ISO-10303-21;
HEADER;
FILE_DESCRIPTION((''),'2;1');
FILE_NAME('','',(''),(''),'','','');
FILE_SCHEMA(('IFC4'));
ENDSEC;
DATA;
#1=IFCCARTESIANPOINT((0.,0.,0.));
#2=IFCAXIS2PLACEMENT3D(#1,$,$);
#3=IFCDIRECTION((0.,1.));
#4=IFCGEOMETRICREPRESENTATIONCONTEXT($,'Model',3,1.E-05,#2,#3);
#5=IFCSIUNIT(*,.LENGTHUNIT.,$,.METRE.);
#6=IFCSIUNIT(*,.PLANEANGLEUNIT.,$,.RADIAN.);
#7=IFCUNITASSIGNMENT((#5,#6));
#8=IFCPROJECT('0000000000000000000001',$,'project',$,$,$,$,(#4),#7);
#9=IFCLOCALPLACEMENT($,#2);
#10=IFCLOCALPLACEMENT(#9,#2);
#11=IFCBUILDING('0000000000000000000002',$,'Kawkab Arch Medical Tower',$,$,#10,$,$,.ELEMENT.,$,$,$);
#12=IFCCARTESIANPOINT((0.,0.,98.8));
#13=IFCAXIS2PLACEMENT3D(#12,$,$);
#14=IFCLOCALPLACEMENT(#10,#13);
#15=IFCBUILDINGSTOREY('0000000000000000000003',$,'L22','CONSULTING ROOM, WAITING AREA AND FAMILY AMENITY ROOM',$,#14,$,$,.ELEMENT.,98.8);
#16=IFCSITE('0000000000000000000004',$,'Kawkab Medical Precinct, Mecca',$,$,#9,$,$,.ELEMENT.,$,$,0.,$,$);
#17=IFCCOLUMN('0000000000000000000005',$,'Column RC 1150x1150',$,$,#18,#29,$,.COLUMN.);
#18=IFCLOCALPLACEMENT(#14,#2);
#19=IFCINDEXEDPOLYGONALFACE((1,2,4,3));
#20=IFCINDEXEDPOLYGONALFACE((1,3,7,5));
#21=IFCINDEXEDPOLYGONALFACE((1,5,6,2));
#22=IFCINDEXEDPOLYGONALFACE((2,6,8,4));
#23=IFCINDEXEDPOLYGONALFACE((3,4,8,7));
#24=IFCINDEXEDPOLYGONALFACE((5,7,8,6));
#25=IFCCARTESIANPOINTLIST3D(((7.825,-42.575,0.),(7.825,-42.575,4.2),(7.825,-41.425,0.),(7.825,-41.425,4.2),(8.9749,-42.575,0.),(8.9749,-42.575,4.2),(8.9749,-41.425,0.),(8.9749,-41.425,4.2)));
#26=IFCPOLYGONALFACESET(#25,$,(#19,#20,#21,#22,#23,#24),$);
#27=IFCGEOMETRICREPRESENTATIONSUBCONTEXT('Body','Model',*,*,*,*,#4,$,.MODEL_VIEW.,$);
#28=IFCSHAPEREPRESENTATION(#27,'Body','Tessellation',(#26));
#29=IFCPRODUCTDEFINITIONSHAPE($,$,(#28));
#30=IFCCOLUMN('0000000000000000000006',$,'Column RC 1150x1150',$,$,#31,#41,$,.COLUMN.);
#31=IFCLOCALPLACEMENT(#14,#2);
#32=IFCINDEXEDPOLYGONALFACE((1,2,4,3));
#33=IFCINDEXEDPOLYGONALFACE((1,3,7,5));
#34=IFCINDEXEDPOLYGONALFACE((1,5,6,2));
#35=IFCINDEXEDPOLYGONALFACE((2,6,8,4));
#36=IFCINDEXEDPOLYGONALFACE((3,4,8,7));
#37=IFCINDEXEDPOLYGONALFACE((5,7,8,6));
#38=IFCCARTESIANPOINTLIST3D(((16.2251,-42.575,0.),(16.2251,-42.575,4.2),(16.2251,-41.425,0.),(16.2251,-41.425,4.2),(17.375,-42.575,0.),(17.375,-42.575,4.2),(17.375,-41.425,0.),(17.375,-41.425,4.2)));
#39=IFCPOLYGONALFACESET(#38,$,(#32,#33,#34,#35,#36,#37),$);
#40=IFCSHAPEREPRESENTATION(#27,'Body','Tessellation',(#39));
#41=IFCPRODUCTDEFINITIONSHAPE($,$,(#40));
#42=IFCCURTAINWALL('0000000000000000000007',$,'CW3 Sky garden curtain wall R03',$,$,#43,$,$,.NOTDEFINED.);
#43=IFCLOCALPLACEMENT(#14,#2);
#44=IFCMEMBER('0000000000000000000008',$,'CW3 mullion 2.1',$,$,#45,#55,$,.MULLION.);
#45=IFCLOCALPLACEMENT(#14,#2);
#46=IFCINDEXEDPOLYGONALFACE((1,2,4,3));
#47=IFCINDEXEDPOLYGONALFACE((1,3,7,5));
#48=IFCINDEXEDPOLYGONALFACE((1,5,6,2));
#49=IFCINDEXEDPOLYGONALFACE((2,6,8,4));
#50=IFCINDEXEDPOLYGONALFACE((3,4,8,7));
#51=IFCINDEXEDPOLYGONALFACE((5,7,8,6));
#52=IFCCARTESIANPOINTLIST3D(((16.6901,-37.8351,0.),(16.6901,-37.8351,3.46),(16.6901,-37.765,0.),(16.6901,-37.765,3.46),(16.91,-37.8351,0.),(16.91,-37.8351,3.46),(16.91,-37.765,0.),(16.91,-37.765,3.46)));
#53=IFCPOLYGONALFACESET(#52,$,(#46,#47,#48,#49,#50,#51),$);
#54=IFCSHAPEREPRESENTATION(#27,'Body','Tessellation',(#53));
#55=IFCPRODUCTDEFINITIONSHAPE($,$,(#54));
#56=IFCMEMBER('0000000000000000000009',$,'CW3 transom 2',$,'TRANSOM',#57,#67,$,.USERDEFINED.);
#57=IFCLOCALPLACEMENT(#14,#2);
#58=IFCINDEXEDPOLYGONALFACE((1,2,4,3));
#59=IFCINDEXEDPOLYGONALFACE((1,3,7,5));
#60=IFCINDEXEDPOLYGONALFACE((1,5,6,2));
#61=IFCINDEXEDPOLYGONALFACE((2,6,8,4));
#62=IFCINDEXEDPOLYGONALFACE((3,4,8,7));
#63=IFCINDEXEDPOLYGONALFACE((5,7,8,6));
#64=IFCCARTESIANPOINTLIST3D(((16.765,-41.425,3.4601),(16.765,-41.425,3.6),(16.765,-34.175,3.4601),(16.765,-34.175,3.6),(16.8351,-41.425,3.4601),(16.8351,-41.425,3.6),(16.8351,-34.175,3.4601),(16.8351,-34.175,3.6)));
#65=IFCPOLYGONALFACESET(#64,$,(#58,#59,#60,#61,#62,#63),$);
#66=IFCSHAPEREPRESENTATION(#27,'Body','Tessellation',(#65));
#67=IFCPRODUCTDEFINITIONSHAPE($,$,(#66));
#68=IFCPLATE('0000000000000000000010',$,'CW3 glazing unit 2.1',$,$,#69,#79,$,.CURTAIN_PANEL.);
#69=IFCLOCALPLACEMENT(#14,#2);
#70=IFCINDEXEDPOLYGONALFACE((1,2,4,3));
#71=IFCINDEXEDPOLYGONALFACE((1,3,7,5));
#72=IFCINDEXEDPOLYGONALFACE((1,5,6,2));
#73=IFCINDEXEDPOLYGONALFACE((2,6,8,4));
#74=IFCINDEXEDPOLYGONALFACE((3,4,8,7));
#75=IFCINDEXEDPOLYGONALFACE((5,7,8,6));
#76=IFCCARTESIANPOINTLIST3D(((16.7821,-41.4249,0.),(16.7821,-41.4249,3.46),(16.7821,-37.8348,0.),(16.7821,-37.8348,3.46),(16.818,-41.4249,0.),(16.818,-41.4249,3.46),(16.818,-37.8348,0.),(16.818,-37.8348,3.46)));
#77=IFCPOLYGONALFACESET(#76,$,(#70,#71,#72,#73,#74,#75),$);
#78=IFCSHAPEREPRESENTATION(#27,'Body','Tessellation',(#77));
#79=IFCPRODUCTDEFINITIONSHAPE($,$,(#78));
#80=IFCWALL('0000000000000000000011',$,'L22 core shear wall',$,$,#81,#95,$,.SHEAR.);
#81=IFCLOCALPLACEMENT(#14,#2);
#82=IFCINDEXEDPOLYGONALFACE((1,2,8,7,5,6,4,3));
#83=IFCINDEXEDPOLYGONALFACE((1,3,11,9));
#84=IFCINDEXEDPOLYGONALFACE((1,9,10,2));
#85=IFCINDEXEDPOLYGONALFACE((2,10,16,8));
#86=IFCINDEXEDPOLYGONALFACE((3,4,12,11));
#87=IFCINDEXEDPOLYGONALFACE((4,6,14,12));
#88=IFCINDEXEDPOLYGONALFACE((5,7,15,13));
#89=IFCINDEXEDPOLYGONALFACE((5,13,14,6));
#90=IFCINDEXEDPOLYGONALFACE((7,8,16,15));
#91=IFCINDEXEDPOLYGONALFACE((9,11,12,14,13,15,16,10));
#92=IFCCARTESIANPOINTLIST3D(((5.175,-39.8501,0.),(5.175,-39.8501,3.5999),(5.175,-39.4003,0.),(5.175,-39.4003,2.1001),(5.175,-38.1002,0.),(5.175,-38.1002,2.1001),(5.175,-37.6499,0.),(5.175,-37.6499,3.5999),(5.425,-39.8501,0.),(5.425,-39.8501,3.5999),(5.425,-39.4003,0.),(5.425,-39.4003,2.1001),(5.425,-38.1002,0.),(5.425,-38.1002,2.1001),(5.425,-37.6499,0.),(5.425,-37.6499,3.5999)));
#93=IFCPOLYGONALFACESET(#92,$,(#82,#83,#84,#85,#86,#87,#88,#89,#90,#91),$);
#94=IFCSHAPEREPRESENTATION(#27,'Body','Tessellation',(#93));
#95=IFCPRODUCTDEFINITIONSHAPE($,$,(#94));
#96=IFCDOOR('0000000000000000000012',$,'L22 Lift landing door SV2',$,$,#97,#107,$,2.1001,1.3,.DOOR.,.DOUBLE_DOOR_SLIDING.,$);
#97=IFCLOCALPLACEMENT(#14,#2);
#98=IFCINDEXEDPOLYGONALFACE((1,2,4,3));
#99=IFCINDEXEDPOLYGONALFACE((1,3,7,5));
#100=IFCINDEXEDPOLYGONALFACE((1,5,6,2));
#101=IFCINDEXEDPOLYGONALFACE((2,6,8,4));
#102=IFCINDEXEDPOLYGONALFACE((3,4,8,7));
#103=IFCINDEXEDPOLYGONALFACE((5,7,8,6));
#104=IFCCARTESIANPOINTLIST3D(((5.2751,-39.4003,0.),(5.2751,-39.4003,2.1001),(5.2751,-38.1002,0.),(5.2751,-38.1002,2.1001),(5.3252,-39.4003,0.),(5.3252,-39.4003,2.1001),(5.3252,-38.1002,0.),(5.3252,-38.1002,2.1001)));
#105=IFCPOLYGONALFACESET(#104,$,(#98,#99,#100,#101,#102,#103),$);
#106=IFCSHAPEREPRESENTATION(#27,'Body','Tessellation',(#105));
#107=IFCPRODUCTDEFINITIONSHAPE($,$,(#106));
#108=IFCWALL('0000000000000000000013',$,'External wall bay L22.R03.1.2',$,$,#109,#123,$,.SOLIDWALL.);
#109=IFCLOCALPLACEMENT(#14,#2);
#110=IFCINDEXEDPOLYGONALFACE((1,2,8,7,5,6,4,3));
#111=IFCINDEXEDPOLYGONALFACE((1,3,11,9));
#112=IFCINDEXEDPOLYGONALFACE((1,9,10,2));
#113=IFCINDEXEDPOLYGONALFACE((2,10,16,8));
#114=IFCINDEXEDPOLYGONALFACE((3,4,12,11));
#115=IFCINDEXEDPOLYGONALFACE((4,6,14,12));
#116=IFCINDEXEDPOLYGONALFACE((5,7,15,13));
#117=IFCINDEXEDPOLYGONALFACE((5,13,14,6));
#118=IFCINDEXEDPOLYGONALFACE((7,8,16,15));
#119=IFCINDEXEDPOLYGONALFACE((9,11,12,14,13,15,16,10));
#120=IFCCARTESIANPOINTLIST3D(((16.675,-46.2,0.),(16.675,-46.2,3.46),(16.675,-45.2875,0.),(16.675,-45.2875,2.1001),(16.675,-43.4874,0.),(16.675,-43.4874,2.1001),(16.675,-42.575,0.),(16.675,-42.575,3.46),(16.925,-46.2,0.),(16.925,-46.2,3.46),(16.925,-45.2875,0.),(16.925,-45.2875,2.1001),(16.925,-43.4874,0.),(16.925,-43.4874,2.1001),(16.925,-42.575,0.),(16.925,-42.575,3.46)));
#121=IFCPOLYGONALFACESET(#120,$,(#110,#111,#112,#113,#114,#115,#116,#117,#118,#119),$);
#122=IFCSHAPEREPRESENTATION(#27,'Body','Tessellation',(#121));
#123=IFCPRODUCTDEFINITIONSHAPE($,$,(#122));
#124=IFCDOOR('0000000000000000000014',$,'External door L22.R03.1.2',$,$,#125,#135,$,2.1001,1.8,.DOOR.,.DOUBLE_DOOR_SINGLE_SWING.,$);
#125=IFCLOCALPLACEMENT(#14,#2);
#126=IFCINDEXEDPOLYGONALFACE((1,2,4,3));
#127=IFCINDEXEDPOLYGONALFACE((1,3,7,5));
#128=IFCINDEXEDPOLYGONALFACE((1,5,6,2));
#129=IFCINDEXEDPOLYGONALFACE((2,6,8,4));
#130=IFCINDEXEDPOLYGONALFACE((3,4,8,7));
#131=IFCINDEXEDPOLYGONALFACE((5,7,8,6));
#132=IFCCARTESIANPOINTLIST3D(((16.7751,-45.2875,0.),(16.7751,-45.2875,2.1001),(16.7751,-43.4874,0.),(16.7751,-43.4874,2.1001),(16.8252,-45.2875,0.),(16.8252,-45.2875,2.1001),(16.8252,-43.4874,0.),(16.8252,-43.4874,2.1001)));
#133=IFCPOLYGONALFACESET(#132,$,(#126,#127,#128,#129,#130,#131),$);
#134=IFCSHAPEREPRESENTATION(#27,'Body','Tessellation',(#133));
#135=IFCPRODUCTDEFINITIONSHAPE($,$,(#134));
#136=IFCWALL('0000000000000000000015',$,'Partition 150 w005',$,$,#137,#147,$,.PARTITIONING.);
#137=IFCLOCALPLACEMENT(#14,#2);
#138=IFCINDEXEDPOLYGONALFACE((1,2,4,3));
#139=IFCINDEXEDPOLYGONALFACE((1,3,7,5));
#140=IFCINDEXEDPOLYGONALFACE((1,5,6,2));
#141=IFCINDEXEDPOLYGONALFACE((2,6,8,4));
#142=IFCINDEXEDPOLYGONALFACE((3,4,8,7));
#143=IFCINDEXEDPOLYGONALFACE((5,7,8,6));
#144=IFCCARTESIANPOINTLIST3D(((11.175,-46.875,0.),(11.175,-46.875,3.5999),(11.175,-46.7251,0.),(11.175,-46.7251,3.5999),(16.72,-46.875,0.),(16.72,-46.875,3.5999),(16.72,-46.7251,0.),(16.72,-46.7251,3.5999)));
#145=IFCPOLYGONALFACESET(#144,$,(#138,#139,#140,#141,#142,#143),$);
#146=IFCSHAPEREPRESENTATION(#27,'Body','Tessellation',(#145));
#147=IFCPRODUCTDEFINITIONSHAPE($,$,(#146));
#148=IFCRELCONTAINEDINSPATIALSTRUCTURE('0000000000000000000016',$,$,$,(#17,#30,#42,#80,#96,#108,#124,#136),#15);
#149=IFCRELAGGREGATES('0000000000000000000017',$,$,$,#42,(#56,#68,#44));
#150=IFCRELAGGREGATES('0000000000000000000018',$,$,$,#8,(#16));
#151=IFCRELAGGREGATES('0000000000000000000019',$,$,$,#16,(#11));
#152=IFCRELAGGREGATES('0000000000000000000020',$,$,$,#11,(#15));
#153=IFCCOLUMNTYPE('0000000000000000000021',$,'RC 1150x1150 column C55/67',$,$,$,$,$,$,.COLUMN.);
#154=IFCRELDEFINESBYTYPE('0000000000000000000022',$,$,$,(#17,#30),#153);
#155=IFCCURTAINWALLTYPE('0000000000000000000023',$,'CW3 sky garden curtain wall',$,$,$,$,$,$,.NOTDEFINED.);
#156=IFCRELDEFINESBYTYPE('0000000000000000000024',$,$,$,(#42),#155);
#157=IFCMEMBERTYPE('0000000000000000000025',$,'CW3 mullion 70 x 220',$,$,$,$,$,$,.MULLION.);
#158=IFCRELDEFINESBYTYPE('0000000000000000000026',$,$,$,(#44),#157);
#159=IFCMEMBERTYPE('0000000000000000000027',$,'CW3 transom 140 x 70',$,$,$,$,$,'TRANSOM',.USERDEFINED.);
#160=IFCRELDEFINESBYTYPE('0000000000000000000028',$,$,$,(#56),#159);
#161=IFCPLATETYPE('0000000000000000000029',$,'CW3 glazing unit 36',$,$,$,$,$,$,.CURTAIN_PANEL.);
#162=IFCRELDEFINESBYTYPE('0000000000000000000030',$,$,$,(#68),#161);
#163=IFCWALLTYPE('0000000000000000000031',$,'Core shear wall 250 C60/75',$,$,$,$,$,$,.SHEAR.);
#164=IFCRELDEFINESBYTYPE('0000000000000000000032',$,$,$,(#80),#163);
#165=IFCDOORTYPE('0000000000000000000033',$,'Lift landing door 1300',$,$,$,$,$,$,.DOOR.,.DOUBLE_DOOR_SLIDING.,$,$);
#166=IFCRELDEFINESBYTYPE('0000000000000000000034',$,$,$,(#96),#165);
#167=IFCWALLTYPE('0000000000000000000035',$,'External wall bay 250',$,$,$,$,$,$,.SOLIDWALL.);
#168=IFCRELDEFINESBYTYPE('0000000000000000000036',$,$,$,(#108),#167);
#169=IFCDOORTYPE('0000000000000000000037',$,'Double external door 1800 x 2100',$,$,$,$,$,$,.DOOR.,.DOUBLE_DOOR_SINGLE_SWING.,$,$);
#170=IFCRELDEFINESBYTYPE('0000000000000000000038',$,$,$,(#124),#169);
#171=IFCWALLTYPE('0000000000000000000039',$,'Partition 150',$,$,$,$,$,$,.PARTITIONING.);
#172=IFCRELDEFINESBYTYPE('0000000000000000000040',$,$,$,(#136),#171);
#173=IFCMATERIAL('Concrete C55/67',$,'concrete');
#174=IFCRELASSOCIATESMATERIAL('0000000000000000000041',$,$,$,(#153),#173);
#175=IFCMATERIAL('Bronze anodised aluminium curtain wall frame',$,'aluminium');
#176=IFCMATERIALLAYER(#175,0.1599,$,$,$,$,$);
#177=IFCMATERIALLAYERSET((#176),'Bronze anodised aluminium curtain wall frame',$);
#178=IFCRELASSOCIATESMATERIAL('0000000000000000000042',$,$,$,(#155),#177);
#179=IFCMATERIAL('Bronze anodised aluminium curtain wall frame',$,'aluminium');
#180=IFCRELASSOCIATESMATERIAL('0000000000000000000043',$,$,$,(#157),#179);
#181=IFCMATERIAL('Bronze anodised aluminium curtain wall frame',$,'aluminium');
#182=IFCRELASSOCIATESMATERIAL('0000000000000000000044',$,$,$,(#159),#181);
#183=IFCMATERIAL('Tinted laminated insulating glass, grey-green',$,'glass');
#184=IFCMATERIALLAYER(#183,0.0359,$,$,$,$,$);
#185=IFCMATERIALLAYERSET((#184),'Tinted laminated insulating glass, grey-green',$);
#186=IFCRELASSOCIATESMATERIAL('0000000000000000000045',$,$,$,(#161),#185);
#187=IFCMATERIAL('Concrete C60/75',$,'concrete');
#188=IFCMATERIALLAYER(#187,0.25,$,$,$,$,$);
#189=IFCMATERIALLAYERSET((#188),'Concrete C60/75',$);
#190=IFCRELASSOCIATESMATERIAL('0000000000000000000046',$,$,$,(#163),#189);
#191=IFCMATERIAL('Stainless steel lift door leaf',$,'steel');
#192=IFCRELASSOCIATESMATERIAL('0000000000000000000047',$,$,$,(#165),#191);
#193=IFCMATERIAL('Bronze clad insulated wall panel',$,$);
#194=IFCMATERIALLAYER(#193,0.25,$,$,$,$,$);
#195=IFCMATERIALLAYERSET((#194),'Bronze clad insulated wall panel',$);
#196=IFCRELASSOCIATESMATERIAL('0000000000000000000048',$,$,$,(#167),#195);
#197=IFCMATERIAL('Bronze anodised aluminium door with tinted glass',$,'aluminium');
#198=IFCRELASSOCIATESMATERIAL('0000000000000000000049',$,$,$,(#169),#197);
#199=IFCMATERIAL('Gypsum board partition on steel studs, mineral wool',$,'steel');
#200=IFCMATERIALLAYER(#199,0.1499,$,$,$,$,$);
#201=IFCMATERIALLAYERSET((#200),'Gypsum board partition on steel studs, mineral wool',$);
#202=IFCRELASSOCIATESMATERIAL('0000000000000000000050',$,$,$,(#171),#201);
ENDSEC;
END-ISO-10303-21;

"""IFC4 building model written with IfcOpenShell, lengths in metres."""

from ifc_helpers import new_model, si_unit, direction, frame, frame_2d, origin, origin_2d, place, context, subcontext, project, spatial, rectangle, extrude, material, layer, layer_set, material_profile, profile_set, type_object, element, fill, aggregate, save


model = new_model("IFC4")

# Units and contexts
model_context = context("Model", 3, precision=1e-05, world=origin(), true_north=direction((0.0, 1.0)))
body_context = subcontext(model_context, "Body", "Model", "MODEL_VIEW")
ifc_project = project(units=[si_unit("LENGTHUNIT", "METRE"), si_unit("PLANEANGLEUNIT", "RADIAN")], contexts=[model_context])

# Site, building, storey
site_placement = place(None, origin())
site = spatial("IfcSite", under=ifc_project, at=site_placement, Name="Kawkab Medical Precinct, Mecca", CompositionType="ELEMENT", RefElevation=0.0)
building_placement = place(site_placement, origin())
building = spatial("IfcBuilding", under=site, at=building_placement, Name="Kawkab Arch Medical Tower", CompositionType="ELEMENT")
storey_placement = place(building_placement, frame((0.0, 0.0, 98.8)))
storey = spatial("IfcBuildingStorey", under=building, at=storey_placement, Name="L22", Description="CONSULTING ROOM, WAITING AREA AND FAMILY AMENITY ROOM", CompositionType="ELEMENT", Elevation=98.8)

# Columns
ifc_material_1 = material(Name="Concrete C55/67", Category="concrete")
ifc_material_profile_1 = material_profile(ifc_material_1, rectangle(XDim=1.1499, YDim=1.1499, at=origin_2d()), Name="RC 1150x1150")
ifc_profile_set_1 = profile_set([ifc_material_profile_1], Name="Concrete C55/67")
column_type = type_object("IfcColumnType", Name="RC 1150x1150 column C55/67", PredefinedType="COLUMN", material=ifc_profile_set_1)
for number, where, z_axis, x_axis, name in (
    (1, (8.3999, -42.0, 0.0), (0.0, 0.0, 1.0), (1.0, 0.0, 0.0), "Column RC 1150x1150"),
    (2, (16.8, -42.0, 0.0), (0.0, 0.0, 1.0), (1.0, 0.0, 0.0), "Column RC 1150x1150"),
):
    element("IfcColumn", number, at=place(storey_placement, frame(where, z_axis=z_axis, x_axis=x_axis)), inside=storey, type_object=column_type, Name=name, PredefinedType="COLUMN", context=body_context, shape_type="SweptSolid", body=[
        extrude(rectangle(XDim=1.1499, YDim=1.1499, at=origin_2d()), origin(), (0.0, 0.0, 1.0), 4.2),
    ])

# Curtain wall, members, plate
ifc_material_2 = material(Name="Bronze anodised aluminium curtain wall frame", Category="aluminium")
ifc_layer_1 = layer(ifc_material_2, 0.1599)
ifc_layer_set_1 = layer_set([ifc_layer_1], Name="Bronze anodised aluminium curtain wall frame")
curtain_wall_type = type_object("IfcCurtainWallType", Name="CW3 sky garden curtain wall", PredefinedType="NOTDEFINED", material=ifc_layer_set_1)
curtain_wall_placement = place(storey_placement, origin())
curtain_wall = element("IfcCurtainWall", 3, at=curtain_wall_placement, inside=storey, type_object=curtain_wall_type, Name="CW3 Sky garden curtain wall R03", PredefinedType="NOTDEFINED")
ifc_material_3 = material(Name="Bronze anodised aluminium curtain wall frame", Category="aluminium")
ifc_material_profile_2 = material_profile(ifc_material_3, rectangle(XDim=0.22, YDim=0.0701, at=origin_2d()), Name="AL 70x220")
ifc_profile_set_2 = profile_set([ifc_material_profile_2], Name="Bronze anodised aluminium curtain wall frame")
member_type_1 = type_object("IfcMemberType", Name="CW3 mullion 70 x 220", PredefinedType="MULLION", material=ifc_profile_set_2)
member_1_placement = place(storey_placement, frame((16.8, -37.8, 0.0), z_axis=(0.0, 0.0, 1.0), x_axis=(-1.0, 0.0, 0.0)))
member_1 = element("IfcMember", 4, at=member_1_placement, type_object=member_type_1, Name="CW3 mullion 2.1", PredefinedType="MULLION", context=body_context, shape_type="SweptSolid", body=[
    extrude(rectangle(XDim=0.22, YDim=0.0701, at=origin_2d()), origin(), (0.0, 0.0, 1.0), 3.46),
])
ifc_material_4 = material(Name="Bronze anodised aluminium curtain wall frame", Category="aluminium")
ifc_material_profile_3 = material_profile(ifc_material_4, rectangle(XDim=0.0701, YDim=0.1399, at=origin_2d()), Name="AL 70x140")
ifc_profile_set_3 = profile_set([ifc_material_profile_3], Name="Bronze anodised aluminium curtain wall frame")
member_type_2 = type_object("IfcMemberType", Name="CW3 transom 140 x 70", ElementType="TRANSOM", PredefinedType="USERDEFINED", material=ifc_profile_set_3)
member_2_placement = place(storey_placement, frame((16.8, -41.425, 3.53), z_axis=(0.0, 1.0, 0.0), x_axis=(-1.0, 0.0, 0.0)))
member_2 = element("IfcMember", 5, at=member_2_placement, type_object=member_type_2, Name="CW3 transom 2", ObjectType="TRANSOM", PredefinedType="USERDEFINED", context=body_context, shape_type="SweptSolid", body=[
    extrude(rectangle(XDim=0.0701, YDim=0.1399, at=origin_2d()), origin(), (0.0, 0.0, 1.0), 7.25),
])
ifc_material_5 = material(Name="Tinted laminated insulating glass, grey-green", Category="glass")
ifc_layer_2 = layer(ifc_material_5, 0.0359)
ifc_layer_set_2 = layer_set([ifc_layer_2], Name="Tinted laminated insulating glass, grey-green")
plate_type = type_object("IfcPlateType", Name="CW3 glazing unit 36", PredefinedType="CURTAIN_PANEL", material=ifc_layer_set_2)
plate_placement = place(storey_placement, frame((16.8, -39.6299, 0.0), z_axis=(0.0, 0.0, 1.0), x_axis=(0.0, 1.0, 0.0)))
plate = element("IfcPlate", 6, at=plate_placement, type_object=plate_type, Name="CW3 glazing unit 2.1", PredefinedType="CURTAIN_PANEL", context=body_context, shape_type="SweptSolid", body=[
    extrude(rectangle(XDim=3.5901, YDim=0.0359, at=origin_2d()), origin(), (0.0, 0.0, 1.0), 3.46),
])
aggregate(curtain_wall, [member_2, plate, member_1])

# Walls, openings, doors
ifc_material_6 = material(Name="Concrete C60/75", Category="concrete")
ifc_layer_3 = layer(ifc_material_6, 0.25)
ifc_layer_set_3 = layer_set([ifc_layer_3], Name="Concrete C60/75")
wall_type_1 = type_object("IfcWallType", Name="Core shear wall 250 C60/75", PredefinedType="SHEAR", material=ifc_layer_set_3)
wall_1_placement = place(storey_placement, frame((5.3, -39.8501, 0.0), z_axis=(0.0, 0.0, 1.0), x_axis=(0.0, 1.0, 0.0)))
wall_1 = element("IfcWall", 7, at=wall_1_placement, inside=storey, type_object=wall_type_1, Name="L22 core shear wall", PredefinedType="SHEAR", context=body_context, shape_type="SweptSolid", body=[
    extrude(rectangle(XDim=2.2002, YDim=0.25, at=frame_2d((1.1001, 0.0))), origin(), (0.0, 0.0, 1.0), 3.5999),
])
opening_1_placement = place(wall_1_placement, frame((0.45, 0.0, 0.0)))
opening_1 = element("IfcOpeningElement", 8, at=opening_1_placement, cuts=wall_1, PredefinedType="OPENING", context=body_context, shape_type="SweptSolid", body=[
    extrude(rectangle(XDim=1.3, YDim=2.1001, at=frame_2d((0.6499, 1.05))), frame((0.0, 0.135, 0.0), z_axis=(0.0, -1.0, 0.0), x_axis=(1.0, 0.0, 0.0)), (0.0, 0.0, 1.0), 0.27),
])
ifc_material_7 = material(Name="Stainless steel lift door leaf", Category="steel")
door_type_1 = type_object("IfcDoorType", Name="Lift landing door 1300", OperationType="DOUBLE_DOOR_SLIDING", PredefinedType="DOOR", material=ifc_material_7)
door_1_placement = place(opening_1_placement, origin())
door_1 = element("IfcDoor", 9, at=door_1_placement, inside=storey, type_object=door_type_1, Name="L22 Lift landing door SV2", OperationType="DOUBLE_DOOR_SLIDING", OverallHeight=2.1001, OverallWidth=1.3, PredefinedType="DOOR", context=body_context, shape_type="SweptSolid", body=[
    extrude(rectangle(XDim=1.3, YDim=2.1001, at=frame_2d((0.6499, 1.05))), frame((0.0, 0.0249, 0.0), z_axis=(0.0, -1.0, 0.0), x_axis=(1.0, 0.0, 0.0)), (0.0, 0.0, 1.0), 0.05),
])
fill(opening_1, door_1)
ifc_material_8 = material(Name="Bronze clad insulated wall panel")
ifc_layer_4 = layer(ifc_material_8, 0.25)
ifc_layer_set_4 = layer_set([ifc_layer_4], Name="Bronze clad insulated wall panel")
wall_type_2 = type_object("IfcWallType", Name="External wall bay 250", PredefinedType="SOLIDWALL", material=ifc_layer_set_4)
wall_2_placement = place(storey_placement, frame((16.8, -46.2, 0.0), z_axis=(0.0, 0.0, 1.0), x_axis=(0.0, 1.0, 0.0)))
wall_2 = element("IfcWall", 10, at=wall_2_placement, inside=storey, type_object=wall_type_2, Name="External wall bay L22.R03.1.2", PredefinedType="SOLIDWALL", context=body_context, shape_type="SweptSolid", body=[
    extrude(rectangle(XDim=3.625, YDim=0.25, at=frame_2d((1.8125, 0.0))), origin(), (0.0, 0.0, 1.0), 3.46),
])
opening_2_placement = place(wall_2_placement, frame((0.9126, 0.0, 0.0)))
opening_2 = element("IfcOpeningElement", 11, at=opening_2_placement, cuts=wall_2, PredefinedType="OPENING", context=body_context, shape_type="SweptSolid", body=[
    extrude(rectangle(XDim=1.8, YDim=2.1001, at=frame_2d((0.8999, 1.05))), frame((0.0, 0.135, 0.0), z_axis=(0.0, -1.0, 0.0), x_axis=(1.0, 0.0, 0.0)), (0.0, 0.0, 1.0), 0.27),
])
ifc_material_9 = material(Name="Bronze anodised aluminium door with tinted glass", Category="aluminium")
door_type_2 = type_object("IfcDoorType", Name="Double external door 1800 x 2100", OperationType="DOUBLE_DOOR_SINGLE_SWING", PredefinedType="DOOR", material=ifc_material_9)
door_2_placement = place(opening_2_placement, origin())
door_2 = element("IfcDoor", 12, at=door_2_placement, inside=storey, type_object=door_type_2, Name="External door L22.R03.1.2", OperationType="DOUBLE_DOOR_SINGLE_SWING", OverallHeight=2.1001, OverallWidth=1.8, PredefinedType="DOOR", context=body_context, shape_type="SweptSolid", body=[
    extrude(rectangle(XDim=1.8, YDim=2.1001, at=frame_2d((0.8999, 1.05))), frame((0.0, 0.0249, 0.0), z_axis=(0.0, -1.0, 0.0), x_axis=(1.0, 0.0, 0.0)), (0.0, 0.0, 1.0), 0.05),
])
fill(opening_2, door_2)

# Wall
ifc_material_10 = material(Name="Gypsum board partition on steel studs, mineral wool", Category="steel")
ifc_layer_5 = layer(ifc_material_10, 0.1499)
ifc_layer_set_5 = layer_set([ifc_layer_5], Name="Gypsum board partition on steel studs, mineral wool")
wall_type_3 = type_object("IfcWallType", Name="Partition 150", PredefinedType="PARTITIONING", material=ifc_layer_set_5)
wall_3_placement = place(storey_placement, frame((11.175, -46.8, 0.0), z_axis=(0.0, 0.0, 1.0), x_axis=(1.0, 0.0, 0.0)))
element("IfcWall", 13, at=wall_3_placement, inside=storey, type_object=wall_type_3, Name="Partition 150 w005", PredefinedType="PARTITIONING", context=body_context, shape_type="SweptSolid", body=[
    extrude(rectangle(XDim=5.5449, YDim=0.1499, at=frame_2d((2.7725, 0.0))), origin(), (0.0, 0.0, 1.0), 3.5999),
])

save(model, "model.ifc")
